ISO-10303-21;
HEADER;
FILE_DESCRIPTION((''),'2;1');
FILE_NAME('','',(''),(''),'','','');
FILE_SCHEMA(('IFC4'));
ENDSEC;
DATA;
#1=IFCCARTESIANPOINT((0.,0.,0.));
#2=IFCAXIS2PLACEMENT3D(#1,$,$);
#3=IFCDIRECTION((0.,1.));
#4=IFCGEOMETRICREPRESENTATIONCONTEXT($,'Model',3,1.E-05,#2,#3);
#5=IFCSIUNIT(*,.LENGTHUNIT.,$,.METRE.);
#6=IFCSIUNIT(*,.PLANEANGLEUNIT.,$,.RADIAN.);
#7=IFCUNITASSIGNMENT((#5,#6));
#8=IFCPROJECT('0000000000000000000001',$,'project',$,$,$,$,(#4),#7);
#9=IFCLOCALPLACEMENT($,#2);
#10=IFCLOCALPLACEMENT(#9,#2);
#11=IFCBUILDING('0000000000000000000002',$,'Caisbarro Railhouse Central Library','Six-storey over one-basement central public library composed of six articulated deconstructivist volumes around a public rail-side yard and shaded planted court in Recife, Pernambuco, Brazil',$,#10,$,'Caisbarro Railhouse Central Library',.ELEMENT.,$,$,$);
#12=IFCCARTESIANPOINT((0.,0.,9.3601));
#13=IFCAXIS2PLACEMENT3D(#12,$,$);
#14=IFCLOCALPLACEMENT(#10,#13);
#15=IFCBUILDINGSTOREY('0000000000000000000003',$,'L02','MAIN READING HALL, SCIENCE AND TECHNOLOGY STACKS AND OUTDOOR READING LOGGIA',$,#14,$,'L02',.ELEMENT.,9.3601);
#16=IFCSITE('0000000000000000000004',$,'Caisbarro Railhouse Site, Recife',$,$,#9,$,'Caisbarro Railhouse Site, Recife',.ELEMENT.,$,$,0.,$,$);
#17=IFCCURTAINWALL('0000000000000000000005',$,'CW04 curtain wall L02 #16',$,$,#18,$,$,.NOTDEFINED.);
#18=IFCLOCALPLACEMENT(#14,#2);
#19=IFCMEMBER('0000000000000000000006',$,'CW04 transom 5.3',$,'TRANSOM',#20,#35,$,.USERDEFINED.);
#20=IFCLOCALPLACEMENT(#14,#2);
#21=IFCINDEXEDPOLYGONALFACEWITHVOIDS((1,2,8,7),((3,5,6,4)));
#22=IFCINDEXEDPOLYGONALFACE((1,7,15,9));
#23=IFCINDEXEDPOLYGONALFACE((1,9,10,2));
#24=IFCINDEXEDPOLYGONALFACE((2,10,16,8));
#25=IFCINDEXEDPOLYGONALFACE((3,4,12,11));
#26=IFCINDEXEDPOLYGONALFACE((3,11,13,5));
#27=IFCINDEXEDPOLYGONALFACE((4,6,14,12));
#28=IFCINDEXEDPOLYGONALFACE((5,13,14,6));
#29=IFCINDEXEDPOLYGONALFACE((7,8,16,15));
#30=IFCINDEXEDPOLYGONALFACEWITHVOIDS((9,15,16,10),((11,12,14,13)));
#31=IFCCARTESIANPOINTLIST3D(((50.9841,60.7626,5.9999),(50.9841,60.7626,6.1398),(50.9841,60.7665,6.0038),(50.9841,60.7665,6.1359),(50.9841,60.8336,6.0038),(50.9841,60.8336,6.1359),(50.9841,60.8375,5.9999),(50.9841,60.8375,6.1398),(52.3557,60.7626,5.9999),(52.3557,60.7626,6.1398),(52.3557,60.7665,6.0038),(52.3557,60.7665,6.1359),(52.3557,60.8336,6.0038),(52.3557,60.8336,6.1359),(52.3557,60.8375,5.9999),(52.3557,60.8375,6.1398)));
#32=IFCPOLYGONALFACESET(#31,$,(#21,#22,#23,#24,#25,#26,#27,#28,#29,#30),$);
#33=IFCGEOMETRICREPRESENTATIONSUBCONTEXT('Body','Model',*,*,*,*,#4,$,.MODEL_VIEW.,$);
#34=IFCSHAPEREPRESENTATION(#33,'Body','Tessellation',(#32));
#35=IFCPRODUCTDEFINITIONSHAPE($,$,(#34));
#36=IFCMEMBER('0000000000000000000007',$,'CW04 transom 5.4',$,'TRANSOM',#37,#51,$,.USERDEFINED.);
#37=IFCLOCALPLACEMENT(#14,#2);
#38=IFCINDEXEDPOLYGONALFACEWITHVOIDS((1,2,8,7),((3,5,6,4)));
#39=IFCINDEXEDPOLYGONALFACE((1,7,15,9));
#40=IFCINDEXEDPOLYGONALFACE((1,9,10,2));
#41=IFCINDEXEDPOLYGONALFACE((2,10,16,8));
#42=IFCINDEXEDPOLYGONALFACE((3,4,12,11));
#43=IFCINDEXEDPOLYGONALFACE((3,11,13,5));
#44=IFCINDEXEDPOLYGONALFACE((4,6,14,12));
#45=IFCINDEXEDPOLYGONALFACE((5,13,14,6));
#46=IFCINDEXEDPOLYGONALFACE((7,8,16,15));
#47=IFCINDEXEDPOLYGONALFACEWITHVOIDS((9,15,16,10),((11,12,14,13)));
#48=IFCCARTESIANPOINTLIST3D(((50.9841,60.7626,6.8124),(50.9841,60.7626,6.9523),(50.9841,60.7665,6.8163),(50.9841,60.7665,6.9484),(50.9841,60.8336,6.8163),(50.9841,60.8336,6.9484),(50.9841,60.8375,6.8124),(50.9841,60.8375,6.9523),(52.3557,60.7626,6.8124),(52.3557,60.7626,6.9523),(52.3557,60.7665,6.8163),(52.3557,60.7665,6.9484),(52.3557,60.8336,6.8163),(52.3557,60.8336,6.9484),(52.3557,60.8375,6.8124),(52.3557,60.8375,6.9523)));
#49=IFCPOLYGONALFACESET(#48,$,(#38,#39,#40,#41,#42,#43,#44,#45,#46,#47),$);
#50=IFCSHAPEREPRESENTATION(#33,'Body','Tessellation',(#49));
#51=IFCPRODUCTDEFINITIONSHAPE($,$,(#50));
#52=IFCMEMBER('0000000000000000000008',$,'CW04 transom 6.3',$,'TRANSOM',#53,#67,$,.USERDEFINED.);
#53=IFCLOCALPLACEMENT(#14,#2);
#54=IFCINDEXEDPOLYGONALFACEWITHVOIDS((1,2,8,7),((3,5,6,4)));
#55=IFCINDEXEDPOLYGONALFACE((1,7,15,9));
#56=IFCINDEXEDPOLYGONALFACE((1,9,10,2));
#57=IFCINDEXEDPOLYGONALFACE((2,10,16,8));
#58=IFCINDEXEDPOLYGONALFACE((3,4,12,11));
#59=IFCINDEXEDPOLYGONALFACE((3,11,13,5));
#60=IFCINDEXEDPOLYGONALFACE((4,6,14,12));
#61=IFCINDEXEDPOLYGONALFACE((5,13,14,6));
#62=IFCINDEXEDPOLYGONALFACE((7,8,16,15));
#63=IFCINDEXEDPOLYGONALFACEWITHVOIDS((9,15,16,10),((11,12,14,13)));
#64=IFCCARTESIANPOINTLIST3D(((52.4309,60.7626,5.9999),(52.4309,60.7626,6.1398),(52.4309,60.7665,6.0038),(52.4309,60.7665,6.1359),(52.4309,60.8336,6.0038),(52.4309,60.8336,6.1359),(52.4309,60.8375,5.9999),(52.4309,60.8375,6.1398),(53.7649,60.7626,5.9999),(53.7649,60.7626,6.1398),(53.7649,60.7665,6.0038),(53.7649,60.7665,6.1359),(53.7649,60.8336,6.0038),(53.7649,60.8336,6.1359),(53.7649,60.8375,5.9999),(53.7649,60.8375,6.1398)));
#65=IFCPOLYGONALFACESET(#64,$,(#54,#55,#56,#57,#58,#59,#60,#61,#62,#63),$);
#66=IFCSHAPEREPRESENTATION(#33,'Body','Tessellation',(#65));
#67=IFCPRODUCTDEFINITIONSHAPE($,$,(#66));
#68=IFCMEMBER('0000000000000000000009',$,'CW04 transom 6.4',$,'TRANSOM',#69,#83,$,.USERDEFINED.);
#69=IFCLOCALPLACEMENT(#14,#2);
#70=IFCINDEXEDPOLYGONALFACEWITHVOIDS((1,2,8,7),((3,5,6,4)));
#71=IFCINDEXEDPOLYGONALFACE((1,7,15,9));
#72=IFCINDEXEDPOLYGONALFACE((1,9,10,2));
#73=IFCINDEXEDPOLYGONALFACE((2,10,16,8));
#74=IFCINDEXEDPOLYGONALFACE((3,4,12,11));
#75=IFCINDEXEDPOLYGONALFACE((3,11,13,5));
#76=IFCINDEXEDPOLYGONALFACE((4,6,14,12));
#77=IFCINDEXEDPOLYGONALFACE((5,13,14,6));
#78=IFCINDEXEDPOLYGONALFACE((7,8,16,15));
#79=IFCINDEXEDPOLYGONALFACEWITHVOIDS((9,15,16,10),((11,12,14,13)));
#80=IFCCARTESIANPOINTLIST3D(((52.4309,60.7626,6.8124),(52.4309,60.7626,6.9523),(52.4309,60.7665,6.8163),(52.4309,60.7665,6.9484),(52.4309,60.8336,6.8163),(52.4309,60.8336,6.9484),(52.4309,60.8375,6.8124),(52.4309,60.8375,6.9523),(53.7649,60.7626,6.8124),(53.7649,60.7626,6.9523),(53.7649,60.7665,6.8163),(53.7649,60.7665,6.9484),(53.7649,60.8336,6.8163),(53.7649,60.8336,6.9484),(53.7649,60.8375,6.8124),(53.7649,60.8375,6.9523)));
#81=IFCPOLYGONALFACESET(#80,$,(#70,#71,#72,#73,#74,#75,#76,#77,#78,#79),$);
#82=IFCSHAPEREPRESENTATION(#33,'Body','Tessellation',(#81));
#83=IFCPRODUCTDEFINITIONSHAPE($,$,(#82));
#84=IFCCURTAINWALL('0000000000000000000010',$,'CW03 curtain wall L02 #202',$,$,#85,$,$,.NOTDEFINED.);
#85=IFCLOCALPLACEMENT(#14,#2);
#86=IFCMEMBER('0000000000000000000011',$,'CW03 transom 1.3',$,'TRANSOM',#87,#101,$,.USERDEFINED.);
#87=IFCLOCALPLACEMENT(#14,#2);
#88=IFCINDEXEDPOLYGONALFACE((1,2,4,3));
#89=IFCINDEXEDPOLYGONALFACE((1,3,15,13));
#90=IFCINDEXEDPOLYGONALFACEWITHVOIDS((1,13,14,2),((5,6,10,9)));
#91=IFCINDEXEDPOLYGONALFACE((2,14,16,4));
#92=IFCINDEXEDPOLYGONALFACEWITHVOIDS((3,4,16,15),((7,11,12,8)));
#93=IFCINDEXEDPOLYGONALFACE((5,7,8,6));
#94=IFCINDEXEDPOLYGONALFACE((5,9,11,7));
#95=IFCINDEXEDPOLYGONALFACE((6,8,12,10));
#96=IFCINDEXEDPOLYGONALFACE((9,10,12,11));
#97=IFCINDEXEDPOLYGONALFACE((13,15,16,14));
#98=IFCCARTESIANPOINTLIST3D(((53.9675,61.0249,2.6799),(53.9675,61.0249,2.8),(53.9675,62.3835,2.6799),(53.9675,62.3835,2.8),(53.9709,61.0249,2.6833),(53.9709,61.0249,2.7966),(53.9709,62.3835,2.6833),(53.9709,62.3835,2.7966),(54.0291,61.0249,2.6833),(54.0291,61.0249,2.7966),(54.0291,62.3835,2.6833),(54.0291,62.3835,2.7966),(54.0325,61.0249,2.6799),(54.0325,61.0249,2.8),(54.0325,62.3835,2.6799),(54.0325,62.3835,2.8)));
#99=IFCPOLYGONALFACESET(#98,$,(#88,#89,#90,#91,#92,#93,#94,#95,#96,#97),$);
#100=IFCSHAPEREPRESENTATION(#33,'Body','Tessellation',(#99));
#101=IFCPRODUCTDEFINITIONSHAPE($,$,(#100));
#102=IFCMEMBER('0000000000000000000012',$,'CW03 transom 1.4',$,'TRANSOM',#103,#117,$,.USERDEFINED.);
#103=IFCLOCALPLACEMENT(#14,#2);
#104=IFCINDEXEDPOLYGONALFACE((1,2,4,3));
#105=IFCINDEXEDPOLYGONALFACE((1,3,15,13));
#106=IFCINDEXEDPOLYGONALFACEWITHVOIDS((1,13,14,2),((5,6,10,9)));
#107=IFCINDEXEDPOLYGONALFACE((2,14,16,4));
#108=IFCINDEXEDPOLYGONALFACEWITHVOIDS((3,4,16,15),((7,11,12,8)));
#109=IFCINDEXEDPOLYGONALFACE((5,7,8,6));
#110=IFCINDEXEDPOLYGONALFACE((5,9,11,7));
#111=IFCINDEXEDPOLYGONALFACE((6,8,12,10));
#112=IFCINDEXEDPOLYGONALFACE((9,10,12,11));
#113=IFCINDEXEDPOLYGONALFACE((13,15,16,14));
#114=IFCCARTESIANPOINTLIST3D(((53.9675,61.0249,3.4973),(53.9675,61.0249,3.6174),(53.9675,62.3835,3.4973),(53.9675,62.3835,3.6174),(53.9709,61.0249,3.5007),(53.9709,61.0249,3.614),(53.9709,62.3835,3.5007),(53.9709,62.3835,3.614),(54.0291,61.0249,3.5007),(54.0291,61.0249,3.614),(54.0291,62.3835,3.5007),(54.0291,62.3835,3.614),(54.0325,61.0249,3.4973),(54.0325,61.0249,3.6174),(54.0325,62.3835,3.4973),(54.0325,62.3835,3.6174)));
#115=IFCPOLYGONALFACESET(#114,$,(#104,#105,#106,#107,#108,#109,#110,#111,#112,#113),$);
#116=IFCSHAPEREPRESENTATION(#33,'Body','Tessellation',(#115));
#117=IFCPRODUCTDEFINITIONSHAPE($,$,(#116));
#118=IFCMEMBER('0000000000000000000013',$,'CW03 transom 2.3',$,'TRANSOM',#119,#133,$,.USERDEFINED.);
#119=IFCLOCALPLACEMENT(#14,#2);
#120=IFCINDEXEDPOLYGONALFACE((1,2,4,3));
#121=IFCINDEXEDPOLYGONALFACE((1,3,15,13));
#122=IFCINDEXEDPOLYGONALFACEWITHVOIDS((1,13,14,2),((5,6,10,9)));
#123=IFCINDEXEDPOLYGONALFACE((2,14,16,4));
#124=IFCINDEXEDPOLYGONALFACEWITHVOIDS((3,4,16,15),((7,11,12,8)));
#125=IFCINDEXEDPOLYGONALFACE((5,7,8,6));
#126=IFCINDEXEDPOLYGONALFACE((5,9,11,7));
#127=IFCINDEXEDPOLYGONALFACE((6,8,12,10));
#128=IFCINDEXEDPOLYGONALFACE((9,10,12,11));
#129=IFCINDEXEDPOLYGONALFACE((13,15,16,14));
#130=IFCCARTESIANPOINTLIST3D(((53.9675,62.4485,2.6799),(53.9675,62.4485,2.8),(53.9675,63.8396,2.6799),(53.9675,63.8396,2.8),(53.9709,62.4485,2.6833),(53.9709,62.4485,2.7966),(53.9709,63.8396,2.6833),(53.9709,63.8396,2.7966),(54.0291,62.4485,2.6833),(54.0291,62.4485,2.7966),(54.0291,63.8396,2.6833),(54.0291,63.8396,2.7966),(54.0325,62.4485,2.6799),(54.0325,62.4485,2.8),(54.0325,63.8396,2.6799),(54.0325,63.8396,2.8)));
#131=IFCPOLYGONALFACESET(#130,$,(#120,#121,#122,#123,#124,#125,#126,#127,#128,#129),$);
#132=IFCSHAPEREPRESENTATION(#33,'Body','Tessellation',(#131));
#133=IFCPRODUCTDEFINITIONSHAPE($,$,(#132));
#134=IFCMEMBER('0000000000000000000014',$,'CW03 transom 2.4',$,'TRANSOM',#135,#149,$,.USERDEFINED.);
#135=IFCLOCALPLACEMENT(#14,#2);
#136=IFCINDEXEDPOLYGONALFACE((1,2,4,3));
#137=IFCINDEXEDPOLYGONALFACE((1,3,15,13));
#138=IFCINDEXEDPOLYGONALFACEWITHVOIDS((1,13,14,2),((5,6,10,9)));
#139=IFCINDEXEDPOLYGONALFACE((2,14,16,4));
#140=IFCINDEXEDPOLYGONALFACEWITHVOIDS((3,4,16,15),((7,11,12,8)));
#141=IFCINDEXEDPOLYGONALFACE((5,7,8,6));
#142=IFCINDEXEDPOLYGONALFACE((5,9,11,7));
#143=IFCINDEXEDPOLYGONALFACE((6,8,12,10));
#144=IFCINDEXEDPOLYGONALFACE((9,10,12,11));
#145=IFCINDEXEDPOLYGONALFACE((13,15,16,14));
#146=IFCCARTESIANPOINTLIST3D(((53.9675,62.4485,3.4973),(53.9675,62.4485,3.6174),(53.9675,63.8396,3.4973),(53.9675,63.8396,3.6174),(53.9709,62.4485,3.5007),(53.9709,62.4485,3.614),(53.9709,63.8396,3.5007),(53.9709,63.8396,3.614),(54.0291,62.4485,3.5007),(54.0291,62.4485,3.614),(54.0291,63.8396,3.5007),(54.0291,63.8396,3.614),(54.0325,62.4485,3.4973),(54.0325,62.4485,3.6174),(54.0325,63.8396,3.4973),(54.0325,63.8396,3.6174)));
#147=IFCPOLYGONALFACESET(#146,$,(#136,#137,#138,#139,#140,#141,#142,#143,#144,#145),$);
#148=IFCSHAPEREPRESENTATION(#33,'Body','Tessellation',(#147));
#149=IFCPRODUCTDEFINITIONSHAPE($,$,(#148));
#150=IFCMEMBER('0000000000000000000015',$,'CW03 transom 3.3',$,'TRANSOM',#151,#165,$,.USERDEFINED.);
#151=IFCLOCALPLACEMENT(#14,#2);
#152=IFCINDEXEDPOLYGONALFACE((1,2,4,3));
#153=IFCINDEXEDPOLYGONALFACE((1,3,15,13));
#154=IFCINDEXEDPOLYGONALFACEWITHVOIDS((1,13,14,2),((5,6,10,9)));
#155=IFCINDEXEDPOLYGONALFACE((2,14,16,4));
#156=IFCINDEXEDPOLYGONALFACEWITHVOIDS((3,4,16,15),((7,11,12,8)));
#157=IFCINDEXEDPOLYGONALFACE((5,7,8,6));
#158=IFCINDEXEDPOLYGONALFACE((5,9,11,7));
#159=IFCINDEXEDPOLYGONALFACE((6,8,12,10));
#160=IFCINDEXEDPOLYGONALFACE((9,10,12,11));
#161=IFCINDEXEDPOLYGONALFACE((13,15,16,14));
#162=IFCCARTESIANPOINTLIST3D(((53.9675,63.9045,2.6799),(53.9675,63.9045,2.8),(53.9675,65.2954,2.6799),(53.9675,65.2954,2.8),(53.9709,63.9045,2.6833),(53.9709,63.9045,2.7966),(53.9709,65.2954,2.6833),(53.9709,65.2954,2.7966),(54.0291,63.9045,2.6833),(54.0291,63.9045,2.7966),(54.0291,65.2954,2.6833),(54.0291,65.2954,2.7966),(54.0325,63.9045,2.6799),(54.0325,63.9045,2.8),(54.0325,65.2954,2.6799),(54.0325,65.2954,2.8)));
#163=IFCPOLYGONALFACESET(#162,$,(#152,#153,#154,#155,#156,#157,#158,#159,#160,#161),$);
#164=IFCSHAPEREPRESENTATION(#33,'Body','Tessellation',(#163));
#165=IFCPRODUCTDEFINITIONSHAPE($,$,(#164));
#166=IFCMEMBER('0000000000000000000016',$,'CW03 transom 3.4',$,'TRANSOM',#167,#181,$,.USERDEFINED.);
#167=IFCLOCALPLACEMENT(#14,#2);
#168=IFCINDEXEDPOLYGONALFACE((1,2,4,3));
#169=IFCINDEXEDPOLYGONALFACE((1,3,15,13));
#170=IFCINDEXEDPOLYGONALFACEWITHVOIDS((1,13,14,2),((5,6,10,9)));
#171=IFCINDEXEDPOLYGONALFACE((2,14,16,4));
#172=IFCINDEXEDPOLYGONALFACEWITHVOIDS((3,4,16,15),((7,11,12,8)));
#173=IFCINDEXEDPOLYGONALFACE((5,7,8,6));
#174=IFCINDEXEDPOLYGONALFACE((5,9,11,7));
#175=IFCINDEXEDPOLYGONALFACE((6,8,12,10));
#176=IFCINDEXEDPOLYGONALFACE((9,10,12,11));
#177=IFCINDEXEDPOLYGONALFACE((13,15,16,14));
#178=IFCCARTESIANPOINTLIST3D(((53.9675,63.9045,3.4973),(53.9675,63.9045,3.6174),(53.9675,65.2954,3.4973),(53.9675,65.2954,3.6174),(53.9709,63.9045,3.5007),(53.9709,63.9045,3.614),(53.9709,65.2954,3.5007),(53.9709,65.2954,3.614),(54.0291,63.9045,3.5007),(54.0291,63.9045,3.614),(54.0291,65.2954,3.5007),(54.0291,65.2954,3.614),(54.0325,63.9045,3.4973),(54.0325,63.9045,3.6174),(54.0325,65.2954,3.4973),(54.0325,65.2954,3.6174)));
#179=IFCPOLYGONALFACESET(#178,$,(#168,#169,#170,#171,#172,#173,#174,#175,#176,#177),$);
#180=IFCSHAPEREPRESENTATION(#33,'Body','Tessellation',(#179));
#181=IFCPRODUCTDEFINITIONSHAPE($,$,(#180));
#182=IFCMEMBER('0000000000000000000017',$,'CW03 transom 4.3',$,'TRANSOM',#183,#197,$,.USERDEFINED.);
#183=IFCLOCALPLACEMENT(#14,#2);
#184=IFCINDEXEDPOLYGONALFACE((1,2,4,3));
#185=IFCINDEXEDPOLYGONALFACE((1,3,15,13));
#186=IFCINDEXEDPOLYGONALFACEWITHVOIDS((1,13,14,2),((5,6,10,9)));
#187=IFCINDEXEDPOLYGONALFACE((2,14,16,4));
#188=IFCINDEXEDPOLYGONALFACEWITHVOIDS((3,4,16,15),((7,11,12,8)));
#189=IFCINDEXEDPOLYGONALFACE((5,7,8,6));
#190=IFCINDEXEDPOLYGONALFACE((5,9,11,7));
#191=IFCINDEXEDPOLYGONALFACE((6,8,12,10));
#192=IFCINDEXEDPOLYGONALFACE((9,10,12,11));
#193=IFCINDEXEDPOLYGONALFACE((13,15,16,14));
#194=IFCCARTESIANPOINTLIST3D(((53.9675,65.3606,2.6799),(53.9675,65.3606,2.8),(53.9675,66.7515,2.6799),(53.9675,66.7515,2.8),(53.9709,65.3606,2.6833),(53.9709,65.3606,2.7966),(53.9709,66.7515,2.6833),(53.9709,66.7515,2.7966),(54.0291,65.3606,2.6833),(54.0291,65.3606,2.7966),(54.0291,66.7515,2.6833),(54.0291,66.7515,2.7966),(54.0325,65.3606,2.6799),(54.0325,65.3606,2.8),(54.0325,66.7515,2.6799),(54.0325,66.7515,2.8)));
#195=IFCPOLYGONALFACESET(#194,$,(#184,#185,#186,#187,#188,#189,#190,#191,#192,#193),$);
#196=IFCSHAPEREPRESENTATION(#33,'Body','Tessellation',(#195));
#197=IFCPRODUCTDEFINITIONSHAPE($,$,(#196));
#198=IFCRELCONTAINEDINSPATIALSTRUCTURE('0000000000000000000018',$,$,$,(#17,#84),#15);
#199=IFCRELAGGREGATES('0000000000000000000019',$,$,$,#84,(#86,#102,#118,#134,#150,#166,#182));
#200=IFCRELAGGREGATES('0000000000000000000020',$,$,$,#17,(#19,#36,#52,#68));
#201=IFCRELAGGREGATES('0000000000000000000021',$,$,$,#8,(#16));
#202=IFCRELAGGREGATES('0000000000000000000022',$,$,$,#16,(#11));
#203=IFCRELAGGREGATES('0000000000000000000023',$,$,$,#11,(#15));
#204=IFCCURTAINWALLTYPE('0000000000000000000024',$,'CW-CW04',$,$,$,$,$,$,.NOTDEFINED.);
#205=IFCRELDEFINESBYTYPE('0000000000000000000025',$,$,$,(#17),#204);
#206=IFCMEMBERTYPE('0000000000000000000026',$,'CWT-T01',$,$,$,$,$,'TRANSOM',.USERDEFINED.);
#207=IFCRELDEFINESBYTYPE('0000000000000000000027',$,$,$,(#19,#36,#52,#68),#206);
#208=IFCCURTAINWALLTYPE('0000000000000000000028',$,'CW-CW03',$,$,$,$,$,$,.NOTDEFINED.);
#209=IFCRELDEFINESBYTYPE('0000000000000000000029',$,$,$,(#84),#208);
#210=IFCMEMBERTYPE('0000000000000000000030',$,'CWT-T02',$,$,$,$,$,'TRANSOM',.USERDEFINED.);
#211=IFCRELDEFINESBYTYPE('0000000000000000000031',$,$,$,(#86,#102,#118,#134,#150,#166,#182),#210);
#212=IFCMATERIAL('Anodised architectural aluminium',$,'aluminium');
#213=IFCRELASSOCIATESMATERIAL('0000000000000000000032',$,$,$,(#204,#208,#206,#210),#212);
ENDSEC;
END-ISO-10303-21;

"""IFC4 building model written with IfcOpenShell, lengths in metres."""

from ifc_helpers import new_model, si_unit, direction, frame, origin, origin_2d, place, context, subcontext, project, spatial, hollow_rectangle, extrude, material, material_profile, profile_set, type_object, element, aggregate, save


model = new_model("IFC4")

# Units and contexts
model_context = context("Model", 3, precision=1e-05, world=origin(), true_north=direction((0.0, 1.0)))
body_context = subcontext(model_context, "Body", "Model", "MODEL_VIEW")
ifc_project = project(units=[si_unit("LENGTHUNIT", "METRE"), si_unit("PLANEANGLEUNIT", "RADIAN")], contexts=[model_context])

# Site, building, storey
site_placement = place(None, origin())
site = spatial("IfcSite", under=ifc_project, at=site_placement, Name="Caisbarro Railhouse Site, Recife", LongName="Caisbarro Railhouse Site, Recife", CompositionType="ELEMENT", RefElevation=0.0)
building_placement = place(site_placement, origin())
building = spatial("IfcBuilding", under=site, at=building_placement, Name="Caisbarro Railhouse Central Library", Description="Six-storey over one-basement central public library composed of six articulated deconstructivist volumes around a public rail-side yard and shaded planted court in Recife, Pernambuco, Brazil", LongName="Caisbarro Railhouse Central Library", CompositionType="ELEMENT")
storey_placement = place(building_placement, frame((0.0, 0.0, 9.3601)))
storey = spatial("IfcBuildingStorey", under=building, at=storey_placement, Name="L02", Description="MAIN READING HALL, SCIENCE AND TECHNOLOGY STACKS AND OUTDOOR READING LOGGIA", LongName="L02", CompositionType="ELEMENT", Elevation=9.3601)

# Curtain wall, members
ifc_material_1 = material(Name="Anodised architectural aluminium", Category="aluminium")
curtain_wall_type_1 = type_object("IfcCurtainWallType", Name="CW-CW04", PredefinedType="NOTDEFINED", material=ifc_material_1)
curtain_wall_1_placement = place(storey_placement, origin())
curtain_wall_1 = element("IfcCurtainWall", 1, at=curtain_wall_1_placement, inside=storey, type_object=curtain_wall_type_1, Name="CW04 curtain wall L02 #16", PredefinedType="NOTDEFINED")
ifc_material_profile_1 = material_profile(ifc_material_1, hollow_rectangle(XDim=0.075, YDim=0.1399, WallThickness=0.0039, at=origin_2d()), Name="ALU-TRN-75X140")
ifc_profile_set_1 = profile_set([ifc_material_profile_1], Name="Anodised architectural aluminium")
member_type_1 = type_object("IfcMemberType", Name="CWT-T01", ElementType="TRANSOM", PredefinedType="USERDEFINED", material=ifc_profile_set_1)
member_1_placement = place(storey_placement, frame((50.9841, 60.8, 6.0698), z_axis=(1.0, 0.0, 0.0), x_axis=(0.0, 1.0, 0.0)))
member_1 = element("IfcMember", 2, at=member_1_placement, type_object=member_type_1, Name="CW04 transom 5.3", ObjectType="TRANSOM", PredefinedType="USERDEFINED", context=body_context, shape_type="SweptSolid", body=[
    extrude(hollow_rectangle(XDim=0.075, YDim=0.1399, WallThickness=0.0039, at=origin_2d()), origin(), (0.0, 0.0, 1.0), 1.3716),
])
member_2_placement = place(storey_placement, frame((50.9841, 60.8, 6.8823), z_axis=(1.0, 0.0, 0.0), x_axis=(0.0, 1.0, 0.0)))
member_2 = element("IfcMember", 3, at=member_2_placement, type_object=member_type_1, Name="CW04 transom 5.4", ObjectType="TRANSOM", PredefinedType="USERDEFINED", context=body_context, shape_type="SweptSolid", body=[
    extrude(hollow_rectangle(XDim=0.075, YDim=0.1399, WallThickness=0.0039, at=origin_2d()), origin(), (0.0, 0.0, 1.0), 1.3716),
])
member_3_placement = place(storey_placement, frame((52.4309, 60.8, 6.0698), z_axis=(1.0, 0.0, 0.0), x_axis=(0.0, 1.0, 0.0)))
member_3 = element("IfcMember", 4, at=member_3_placement, type_object=member_type_1, Name="CW04 transom 6.3", ObjectType="TRANSOM", PredefinedType="USERDEFINED", context=body_context, shape_type="SweptSolid", body=[
    extrude(hollow_rectangle(XDim=0.075, YDim=0.1399, WallThickness=0.0039, at=origin_2d()), origin(), (0.0, 0.0, 1.0), 1.334),
])
member_4_placement = place(storey_placement, frame((52.4309, 60.8, 6.8823), z_axis=(1.0, 0.0, 0.0), x_axis=(0.0, 1.0, 0.0)))
member_4 = element("IfcMember", 5, at=member_4_placement, type_object=member_type_1, Name="CW04 transom 6.4", ObjectType="TRANSOM", PredefinedType="USERDEFINED", context=body_context, shape_type="SweptSolid", body=[
    extrude(hollow_rectangle(XDim=0.075, YDim=0.1399, WallThickness=0.0039, at=origin_2d()), origin(), (0.0, 0.0, 1.0), 1.334),
])

# Curtain wall, members
curtain_wall_type_2 = type_object("IfcCurtainWallType", Name="CW-CW03", PredefinedType="NOTDEFINED", material=ifc_material_1)
curtain_wall_2_placement = place(storey_placement, origin())
curtain_wall_2 = element("IfcCurtainWall", 6, at=curtain_wall_2_placement, inside=storey, type_object=curtain_wall_type_2, Name="CW03 curtain wall L02 #202", PredefinedType="NOTDEFINED")
ifc_material_profile_2 = material_profile(ifc_material_1, hollow_rectangle(XDim=0.0649, YDim=0.1201, WallThickness=0.0034, at=origin_2d()), Name="ALU-TRN-65X120")
ifc_profile_set_2 = profile_set([ifc_material_profile_2], Name="Anodised architectural aluminium")
member_type_2 = type_object("IfcMemberType", Name="CWT-T02", ElementType="TRANSOM", PredefinedType="USERDEFINED", material=ifc_profile_set_2)
member_5_placement = place(storey_placement, frame((54.0, 61.0249, 2.74), z_axis=(0.0, 1.0, 0.0), x_axis=(-1.0, 0.0, 0.0)))
member_5 = element("IfcMember", 7, at=member_5_placement, type_object=member_type_2, Name="CW03 transom 1.3", ObjectType="TRANSOM", PredefinedType="USERDEFINED", context=body_context, shape_type="SweptSolid", body=[
    extrude(hollow_rectangle(XDim=0.0649, YDim=0.1201, WallThickness=0.0034, at=origin_2d()), origin(), (0.0, 0.0, 1.0), 1.3586),
])
member_6_placement = place(storey_placement, frame((54.0, 61.0249, 3.5574), z_axis=(0.0, 1.0, 0.0), x_axis=(-1.0, 0.0, 0.0)))
member_6 = element("IfcMember", 8, at=member_6_placement, type_object=member_type_2, Name="CW03 transom 1.4", ObjectType="TRANSOM", PredefinedType="USERDEFINED", context=body_context, shape_type="SweptSolid", body=[
    extrude(hollow_rectangle(XDim=0.0649, YDim=0.1201, WallThickness=0.0034, at=origin_2d()), origin(), (0.0, 0.0, 1.0), 1.3586),
])
member_7_placement = place(storey_placement, frame((54.0, 62.4485, 2.74), z_axis=(0.0, 1.0, 0.0), x_axis=(-1.0, 0.0, 0.0)))
member_7 = element("IfcMember", 9, at=member_7_placement, type_object=member_type_2, Name="CW03 transom 2.3", ObjectType="TRANSOM", PredefinedType="USERDEFINED", context=body_context, shape_type="SweptSolid", body=[
    extrude(hollow_rectangle(XDim=0.0649, YDim=0.1201, WallThickness=0.0034, at=origin_2d()), origin(), (0.0, 0.0, 1.0), 1.3911),
])
member_8_placement = place(storey_placement, frame((54.0, 62.4485, 3.5574), z_axis=(0.0, 1.0, 0.0), x_axis=(-1.0, 0.0, 0.0)))
member_8 = element("IfcMember", 10, at=member_8_placement, type_object=member_type_2, Name="CW03 transom 2.4", ObjectType="TRANSOM", PredefinedType="USERDEFINED", context=body_context, shape_type="SweptSolid", body=[
    extrude(hollow_rectangle(XDim=0.0649, YDim=0.1201, WallThickness=0.0034, at=origin_2d()), origin(), (0.0, 0.0, 1.0), 1.3911),
])
member_9_placement = place(storey_placement, frame((54.0, 63.9045, 2.74), z_axis=(0.0, 1.0, 0.0), x_axis=(-1.0, 0.0, 0.0)))
member_9 = element("IfcMember", 11, at=member_9_placement, type_object=member_type_2, Name="CW03 transom 3.3", ObjectType="TRANSOM", PredefinedType="USERDEFINED", context=body_context, shape_type="SweptSolid", body=[
    extrude(hollow_rectangle(XDim=0.0649, YDim=0.1201, WallThickness=0.0034, at=origin_2d()), origin(), (0.0, 0.0, 1.0), 1.3909),
])
member_10_placement = place(storey_placement, frame((54.0, 63.9045, 3.5574), z_axis=(0.0, 1.0, 0.0), x_axis=(-1.0, 0.0, 0.0)))
member_10 = element("IfcMember", 12, at=member_10_placement, type_object=member_type_2, Name="CW03 transom 3.4", ObjectType="TRANSOM", PredefinedType="USERDEFINED", context=body_context, shape_type="SweptSolid", body=[
    extrude(hollow_rectangle(XDim=0.0649, YDim=0.1201, WallThickness=0.0034, at=origin_2d()), origin(), (0.0, 0.0, 1.0), 1.3909),
])
member_11_placement = place(storey_placement, frame((54.0, 65.3606, 2.74), z_axis=(0.0, 1.0, 0.0), x_axis=(-1.0, 0.0, 0.0)))
member_11 = element("IfcMember", 13, at=member_11_placement, type_object=member_type_2, Name="CW03 transom 4.3", ObjectType="TRANSOM", PredefinedType="USERDEFINED", context=body_context, shape_type="SweptSolid", body=[
    extrude(hollow_rectangle(XDim=0.0649, YDim=0.1201, WallThickness=0.0034, at=origin_2d()), origin(), (0.0, 0.0, 1.0), 1.3909),
])
aggregate(curtain_wall_2, [member_5, member_6, member_7, member_8, member_9, member_10, member_11])

aggregate(curtain_wall_1, [member_1, member_2, member_3, member_4])

save(model, "model.ifc")
